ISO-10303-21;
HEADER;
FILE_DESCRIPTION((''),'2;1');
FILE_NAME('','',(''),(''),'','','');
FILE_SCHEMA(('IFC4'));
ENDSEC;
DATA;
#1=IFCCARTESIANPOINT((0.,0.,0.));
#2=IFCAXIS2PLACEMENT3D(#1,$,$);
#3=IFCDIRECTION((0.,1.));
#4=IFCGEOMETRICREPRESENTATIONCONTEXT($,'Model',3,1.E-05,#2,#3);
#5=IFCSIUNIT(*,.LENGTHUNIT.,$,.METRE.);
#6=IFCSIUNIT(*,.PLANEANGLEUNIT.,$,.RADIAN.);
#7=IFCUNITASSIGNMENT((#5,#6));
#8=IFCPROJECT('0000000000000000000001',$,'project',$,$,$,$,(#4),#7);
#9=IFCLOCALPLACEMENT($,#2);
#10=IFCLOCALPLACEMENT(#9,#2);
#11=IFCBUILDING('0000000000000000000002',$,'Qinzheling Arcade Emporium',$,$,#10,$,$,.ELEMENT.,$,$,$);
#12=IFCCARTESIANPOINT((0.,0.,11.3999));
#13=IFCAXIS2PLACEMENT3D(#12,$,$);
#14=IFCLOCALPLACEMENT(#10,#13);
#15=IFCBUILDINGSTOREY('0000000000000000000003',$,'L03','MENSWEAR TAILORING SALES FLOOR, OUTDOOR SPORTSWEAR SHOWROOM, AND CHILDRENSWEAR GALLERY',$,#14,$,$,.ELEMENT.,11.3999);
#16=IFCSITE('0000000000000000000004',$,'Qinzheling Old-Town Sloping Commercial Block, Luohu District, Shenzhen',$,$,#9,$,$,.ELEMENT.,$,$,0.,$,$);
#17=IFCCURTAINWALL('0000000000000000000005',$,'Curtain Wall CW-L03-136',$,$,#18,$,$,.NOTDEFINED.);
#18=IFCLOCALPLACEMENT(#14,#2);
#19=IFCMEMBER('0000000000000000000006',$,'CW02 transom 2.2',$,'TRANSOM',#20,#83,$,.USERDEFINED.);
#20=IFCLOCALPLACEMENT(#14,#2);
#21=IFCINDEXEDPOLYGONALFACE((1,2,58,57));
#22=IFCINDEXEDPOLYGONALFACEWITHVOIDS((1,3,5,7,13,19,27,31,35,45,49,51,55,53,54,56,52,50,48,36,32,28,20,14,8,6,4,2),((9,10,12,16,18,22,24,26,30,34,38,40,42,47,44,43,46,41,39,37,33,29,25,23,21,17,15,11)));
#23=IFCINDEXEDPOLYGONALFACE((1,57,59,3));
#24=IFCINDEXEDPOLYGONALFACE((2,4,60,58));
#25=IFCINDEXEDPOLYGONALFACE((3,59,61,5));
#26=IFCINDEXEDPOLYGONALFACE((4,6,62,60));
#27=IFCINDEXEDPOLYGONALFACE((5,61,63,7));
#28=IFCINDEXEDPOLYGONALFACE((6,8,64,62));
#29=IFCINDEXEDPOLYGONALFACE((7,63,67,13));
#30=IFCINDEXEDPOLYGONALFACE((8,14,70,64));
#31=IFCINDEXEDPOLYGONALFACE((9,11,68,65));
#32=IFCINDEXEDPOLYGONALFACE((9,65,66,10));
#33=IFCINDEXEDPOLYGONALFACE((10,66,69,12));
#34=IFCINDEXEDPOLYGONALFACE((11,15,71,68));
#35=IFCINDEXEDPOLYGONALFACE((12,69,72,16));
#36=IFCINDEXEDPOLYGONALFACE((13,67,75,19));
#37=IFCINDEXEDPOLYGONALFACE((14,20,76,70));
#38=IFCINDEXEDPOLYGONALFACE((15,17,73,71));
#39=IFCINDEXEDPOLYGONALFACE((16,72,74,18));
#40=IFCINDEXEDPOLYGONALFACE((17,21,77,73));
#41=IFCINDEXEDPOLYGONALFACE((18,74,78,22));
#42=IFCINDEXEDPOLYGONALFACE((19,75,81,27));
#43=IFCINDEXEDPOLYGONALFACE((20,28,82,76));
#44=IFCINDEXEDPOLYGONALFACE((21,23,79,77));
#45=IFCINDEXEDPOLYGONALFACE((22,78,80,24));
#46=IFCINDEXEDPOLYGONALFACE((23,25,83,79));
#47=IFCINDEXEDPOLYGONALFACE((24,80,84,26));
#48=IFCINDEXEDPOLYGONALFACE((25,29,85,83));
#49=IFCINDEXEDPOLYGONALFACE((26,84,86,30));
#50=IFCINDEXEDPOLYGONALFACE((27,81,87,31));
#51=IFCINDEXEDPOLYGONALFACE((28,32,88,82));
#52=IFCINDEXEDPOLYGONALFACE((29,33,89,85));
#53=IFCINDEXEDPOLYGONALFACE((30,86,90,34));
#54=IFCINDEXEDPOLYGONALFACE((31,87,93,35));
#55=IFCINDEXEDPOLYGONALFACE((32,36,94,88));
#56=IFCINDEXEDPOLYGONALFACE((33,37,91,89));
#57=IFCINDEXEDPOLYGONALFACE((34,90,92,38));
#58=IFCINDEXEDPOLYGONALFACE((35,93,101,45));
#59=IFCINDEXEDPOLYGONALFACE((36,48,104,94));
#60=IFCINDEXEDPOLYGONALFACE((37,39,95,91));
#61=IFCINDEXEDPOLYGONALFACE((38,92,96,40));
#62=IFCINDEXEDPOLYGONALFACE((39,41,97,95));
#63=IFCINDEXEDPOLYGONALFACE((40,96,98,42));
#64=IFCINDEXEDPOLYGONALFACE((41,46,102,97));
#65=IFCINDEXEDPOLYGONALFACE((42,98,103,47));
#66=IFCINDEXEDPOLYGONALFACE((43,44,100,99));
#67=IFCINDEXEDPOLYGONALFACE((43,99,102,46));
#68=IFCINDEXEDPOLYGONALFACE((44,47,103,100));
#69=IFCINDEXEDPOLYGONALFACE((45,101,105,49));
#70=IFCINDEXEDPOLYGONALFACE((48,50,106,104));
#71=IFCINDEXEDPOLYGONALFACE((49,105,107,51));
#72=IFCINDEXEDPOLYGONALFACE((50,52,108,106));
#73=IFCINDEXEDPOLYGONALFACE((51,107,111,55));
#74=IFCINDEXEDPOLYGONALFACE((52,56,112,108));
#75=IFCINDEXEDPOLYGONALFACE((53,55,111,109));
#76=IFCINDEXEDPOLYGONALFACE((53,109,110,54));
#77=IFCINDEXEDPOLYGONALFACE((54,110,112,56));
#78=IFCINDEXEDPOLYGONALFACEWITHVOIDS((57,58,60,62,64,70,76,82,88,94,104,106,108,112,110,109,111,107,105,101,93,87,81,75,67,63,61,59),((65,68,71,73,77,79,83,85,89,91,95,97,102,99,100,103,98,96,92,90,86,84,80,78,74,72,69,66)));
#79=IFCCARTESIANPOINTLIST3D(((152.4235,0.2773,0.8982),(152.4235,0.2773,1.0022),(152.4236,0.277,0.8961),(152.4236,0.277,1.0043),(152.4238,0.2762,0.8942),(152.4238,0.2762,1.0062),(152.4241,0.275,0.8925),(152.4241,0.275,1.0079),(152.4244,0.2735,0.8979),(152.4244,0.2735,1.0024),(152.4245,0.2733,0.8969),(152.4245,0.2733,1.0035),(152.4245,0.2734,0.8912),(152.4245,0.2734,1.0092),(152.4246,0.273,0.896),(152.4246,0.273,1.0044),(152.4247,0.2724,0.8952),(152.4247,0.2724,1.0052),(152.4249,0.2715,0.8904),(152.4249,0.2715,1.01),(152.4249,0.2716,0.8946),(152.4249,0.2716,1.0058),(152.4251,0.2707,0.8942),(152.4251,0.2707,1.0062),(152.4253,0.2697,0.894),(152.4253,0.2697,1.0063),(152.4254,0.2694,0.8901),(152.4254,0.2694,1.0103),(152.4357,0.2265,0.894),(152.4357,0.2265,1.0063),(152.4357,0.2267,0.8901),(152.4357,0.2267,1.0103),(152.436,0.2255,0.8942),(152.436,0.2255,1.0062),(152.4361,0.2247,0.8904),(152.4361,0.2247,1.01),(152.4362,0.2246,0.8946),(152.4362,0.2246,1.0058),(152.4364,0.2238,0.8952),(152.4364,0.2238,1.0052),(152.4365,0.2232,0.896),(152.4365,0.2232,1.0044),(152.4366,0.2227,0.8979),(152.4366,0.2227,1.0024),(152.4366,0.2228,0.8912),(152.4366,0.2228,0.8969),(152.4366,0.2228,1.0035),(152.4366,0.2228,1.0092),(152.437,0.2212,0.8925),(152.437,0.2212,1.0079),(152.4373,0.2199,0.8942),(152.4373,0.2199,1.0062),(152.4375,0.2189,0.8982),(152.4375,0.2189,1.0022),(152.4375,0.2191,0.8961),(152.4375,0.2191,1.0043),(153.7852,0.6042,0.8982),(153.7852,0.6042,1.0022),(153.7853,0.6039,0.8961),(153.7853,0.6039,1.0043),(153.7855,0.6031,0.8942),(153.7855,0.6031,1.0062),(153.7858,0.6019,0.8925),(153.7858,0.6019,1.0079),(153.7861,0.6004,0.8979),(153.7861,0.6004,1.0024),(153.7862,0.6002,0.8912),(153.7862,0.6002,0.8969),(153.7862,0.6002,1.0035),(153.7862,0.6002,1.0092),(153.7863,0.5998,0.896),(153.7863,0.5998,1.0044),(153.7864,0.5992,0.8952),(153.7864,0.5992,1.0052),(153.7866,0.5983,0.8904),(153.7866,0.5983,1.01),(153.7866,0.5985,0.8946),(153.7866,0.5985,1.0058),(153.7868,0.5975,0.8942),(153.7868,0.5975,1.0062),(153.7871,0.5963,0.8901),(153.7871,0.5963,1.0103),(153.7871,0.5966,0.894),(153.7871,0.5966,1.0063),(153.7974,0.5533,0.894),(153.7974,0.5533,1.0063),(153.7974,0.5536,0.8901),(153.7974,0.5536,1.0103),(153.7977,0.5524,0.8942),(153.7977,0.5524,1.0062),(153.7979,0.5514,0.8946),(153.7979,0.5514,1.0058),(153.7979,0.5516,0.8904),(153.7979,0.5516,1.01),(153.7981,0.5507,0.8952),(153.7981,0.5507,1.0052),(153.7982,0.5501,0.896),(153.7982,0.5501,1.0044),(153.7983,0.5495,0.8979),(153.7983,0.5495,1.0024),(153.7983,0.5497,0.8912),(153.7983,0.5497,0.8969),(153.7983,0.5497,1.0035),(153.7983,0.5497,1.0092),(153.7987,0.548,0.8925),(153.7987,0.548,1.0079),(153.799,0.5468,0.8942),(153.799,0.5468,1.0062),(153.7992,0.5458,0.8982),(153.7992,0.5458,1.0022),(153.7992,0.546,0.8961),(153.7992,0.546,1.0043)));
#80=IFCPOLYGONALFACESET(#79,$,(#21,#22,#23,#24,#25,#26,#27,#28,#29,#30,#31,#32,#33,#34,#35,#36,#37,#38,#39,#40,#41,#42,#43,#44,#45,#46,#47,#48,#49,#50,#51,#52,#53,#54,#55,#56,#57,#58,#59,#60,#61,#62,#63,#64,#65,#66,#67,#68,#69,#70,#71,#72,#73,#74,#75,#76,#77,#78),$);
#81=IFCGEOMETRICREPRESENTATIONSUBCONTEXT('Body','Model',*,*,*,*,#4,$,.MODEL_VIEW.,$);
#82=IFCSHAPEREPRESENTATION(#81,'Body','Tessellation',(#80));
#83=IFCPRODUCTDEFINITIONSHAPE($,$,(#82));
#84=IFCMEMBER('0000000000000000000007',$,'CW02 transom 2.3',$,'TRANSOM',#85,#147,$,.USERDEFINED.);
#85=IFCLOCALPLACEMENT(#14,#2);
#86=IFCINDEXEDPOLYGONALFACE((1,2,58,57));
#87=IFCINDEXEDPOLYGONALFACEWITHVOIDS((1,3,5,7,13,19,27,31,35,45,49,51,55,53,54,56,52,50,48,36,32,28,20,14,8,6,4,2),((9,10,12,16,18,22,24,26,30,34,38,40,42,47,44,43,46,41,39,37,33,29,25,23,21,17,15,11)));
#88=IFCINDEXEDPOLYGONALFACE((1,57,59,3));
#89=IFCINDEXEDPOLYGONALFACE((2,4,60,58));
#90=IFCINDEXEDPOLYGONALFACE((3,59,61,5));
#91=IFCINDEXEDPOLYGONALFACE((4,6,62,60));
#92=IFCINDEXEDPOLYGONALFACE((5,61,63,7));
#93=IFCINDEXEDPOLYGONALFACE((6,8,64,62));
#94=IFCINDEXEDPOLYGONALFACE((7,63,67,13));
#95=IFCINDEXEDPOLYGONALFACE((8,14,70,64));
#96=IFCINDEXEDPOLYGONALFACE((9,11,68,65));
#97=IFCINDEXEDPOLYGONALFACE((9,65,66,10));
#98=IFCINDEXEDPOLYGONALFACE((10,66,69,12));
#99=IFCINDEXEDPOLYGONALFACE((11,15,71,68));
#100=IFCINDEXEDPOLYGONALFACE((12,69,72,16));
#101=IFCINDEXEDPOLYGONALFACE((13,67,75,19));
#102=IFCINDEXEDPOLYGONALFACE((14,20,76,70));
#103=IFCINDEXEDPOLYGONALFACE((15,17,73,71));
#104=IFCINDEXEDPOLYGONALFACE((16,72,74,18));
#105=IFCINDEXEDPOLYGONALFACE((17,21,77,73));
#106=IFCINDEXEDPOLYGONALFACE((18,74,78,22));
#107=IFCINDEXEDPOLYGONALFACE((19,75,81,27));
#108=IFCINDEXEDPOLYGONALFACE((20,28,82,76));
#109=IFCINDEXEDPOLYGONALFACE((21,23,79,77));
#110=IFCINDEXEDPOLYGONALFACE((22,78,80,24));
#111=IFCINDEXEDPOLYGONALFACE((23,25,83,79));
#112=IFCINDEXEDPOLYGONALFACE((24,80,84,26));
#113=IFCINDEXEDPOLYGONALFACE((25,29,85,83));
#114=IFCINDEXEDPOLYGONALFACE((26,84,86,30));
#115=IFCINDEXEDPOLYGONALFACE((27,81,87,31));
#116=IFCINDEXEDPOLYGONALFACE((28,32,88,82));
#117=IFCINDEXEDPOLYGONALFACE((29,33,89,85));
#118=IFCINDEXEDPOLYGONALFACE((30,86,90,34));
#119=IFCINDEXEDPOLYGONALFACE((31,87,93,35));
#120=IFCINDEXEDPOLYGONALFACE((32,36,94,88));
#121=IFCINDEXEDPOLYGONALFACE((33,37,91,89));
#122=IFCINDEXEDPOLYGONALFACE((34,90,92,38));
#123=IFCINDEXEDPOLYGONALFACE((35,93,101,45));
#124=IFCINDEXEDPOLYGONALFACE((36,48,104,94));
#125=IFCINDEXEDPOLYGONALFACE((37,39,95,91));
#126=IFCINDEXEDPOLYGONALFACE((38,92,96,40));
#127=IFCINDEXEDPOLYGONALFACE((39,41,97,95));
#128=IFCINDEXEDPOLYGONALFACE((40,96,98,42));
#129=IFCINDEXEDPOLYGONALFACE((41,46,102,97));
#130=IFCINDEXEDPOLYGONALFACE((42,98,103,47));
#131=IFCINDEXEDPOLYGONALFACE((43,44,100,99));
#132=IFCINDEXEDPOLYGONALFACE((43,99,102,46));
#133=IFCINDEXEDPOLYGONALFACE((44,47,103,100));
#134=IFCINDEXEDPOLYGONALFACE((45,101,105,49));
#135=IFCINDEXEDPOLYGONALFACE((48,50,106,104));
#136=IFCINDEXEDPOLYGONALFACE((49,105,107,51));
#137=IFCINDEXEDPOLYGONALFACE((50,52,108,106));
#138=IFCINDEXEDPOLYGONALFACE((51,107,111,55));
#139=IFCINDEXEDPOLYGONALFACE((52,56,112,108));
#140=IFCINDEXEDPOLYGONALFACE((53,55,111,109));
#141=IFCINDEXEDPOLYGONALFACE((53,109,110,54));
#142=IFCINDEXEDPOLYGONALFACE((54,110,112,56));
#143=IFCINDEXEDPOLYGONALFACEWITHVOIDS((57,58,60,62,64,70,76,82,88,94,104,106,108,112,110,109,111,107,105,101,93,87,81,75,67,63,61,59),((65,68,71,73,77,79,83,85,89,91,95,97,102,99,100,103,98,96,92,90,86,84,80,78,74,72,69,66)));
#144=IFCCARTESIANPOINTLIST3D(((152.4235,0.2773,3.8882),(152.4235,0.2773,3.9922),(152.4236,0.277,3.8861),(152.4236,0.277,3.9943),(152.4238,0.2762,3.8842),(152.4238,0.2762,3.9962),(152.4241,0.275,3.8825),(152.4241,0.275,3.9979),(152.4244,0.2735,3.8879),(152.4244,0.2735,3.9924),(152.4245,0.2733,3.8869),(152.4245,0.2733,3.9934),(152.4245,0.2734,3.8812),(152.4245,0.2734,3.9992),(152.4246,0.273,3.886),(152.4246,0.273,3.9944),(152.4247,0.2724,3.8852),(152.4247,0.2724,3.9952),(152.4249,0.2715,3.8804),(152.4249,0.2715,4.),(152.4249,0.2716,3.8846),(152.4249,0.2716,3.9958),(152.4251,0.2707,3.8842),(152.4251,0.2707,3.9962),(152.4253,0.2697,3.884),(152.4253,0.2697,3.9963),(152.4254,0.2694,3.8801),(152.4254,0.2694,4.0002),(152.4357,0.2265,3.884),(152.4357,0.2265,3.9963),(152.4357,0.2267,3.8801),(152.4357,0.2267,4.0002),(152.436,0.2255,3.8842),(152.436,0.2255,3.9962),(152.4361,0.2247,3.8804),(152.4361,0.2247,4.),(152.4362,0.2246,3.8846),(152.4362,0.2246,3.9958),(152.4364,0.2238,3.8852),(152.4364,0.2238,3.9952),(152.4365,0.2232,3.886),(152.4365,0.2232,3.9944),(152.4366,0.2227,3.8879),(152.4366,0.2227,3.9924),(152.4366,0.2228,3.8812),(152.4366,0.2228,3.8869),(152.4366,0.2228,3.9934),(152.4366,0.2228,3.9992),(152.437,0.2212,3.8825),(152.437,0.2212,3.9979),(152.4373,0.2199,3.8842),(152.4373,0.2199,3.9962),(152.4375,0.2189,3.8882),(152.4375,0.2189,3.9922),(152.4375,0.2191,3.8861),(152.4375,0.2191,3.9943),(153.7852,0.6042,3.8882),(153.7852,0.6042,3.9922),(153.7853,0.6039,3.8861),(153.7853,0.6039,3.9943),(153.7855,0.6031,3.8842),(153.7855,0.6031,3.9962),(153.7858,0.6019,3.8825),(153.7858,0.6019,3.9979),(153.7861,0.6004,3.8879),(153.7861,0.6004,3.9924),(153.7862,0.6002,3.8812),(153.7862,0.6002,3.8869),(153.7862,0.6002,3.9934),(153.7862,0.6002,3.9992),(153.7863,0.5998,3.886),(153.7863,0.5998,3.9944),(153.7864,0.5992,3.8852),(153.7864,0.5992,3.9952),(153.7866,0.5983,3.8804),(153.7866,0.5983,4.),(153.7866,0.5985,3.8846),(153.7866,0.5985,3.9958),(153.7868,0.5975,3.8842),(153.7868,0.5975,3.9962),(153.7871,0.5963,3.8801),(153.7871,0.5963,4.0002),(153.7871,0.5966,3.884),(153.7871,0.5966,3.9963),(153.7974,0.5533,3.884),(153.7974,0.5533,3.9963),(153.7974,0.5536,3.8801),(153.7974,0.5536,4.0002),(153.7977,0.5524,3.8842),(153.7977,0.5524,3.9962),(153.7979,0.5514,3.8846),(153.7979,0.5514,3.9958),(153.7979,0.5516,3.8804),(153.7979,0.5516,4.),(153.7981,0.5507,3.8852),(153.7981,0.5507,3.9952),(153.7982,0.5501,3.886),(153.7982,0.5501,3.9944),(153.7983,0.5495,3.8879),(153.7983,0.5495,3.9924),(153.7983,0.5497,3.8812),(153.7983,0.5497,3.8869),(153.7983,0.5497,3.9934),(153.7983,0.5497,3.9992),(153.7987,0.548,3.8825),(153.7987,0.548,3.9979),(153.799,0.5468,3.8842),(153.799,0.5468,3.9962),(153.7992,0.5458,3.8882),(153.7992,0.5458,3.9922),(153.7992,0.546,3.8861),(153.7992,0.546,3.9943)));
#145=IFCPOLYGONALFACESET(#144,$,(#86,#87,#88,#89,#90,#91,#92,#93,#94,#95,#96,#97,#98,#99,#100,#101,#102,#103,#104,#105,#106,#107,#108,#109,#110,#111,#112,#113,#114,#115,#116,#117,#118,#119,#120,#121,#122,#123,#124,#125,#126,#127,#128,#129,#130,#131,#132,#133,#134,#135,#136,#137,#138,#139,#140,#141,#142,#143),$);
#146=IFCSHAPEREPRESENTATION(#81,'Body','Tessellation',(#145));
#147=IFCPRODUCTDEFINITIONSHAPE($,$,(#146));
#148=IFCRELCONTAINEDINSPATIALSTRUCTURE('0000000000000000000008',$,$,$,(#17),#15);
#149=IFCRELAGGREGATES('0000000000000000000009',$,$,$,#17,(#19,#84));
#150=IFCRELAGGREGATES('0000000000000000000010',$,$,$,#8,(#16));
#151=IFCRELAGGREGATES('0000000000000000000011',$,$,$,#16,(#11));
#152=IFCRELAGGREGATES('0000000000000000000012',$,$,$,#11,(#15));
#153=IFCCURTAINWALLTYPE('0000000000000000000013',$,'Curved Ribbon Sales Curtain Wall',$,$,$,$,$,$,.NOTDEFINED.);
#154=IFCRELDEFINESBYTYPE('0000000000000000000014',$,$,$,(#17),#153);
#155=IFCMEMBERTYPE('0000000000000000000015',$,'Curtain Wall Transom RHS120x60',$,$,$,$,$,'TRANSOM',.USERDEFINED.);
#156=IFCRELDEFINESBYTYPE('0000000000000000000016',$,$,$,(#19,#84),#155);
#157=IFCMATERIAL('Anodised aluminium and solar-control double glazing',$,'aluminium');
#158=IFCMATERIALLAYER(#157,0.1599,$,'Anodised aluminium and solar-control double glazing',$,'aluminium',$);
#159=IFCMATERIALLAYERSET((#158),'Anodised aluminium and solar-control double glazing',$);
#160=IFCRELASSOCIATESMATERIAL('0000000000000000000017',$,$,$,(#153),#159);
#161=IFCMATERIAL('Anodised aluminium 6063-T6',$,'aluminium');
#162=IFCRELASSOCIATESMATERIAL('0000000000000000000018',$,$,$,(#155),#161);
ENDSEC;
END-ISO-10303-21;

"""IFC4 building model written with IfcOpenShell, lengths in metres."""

from ifc_helpers import new_model, si_unit, direction, frame, origin, origin_2d, place, context, subcontext, project, spatial, hollow_rectangle, extrude, material, layer, layer_set, material_profile, profile_set, type_object, element, aggregate, save


model = new_model("IFC4")

# Units and contexts
model_context = context("Model", 3, precision=1e-05, world=origin(), true_north=direction((0.0, 1.0)))
body_context = subcontext(model_context, "Body", "Model", "MODEL_VIEW")
ifc_project = project(units=[si_unit("LENGTHUNIT", "METRE"), si_unit("PLANEANGLEUNIT", "RADIAN")], contexts=[model_context])

# Site, building, storey
site_placement = place(None, origin())
site = spatial("IfcSite", under=ifc_project, at=site_placement, Name="Qinzheling Old-Town Sloping Commercial Block, Luohu District, Shenzhen", CompositionType="ELEMENT", RefElevation=0.0)
building_placement = place(site_placement, origin())
building = spatial("IfcBuilding", under=site, at=building_placement, Name="Qinzheling Arcade Emporium", CompositionType="ELEMENT")
storey_placement = place(building_placement, frame((0.0, 0.0, 11.3999)))
storey = spatial("IfcBuildingStorey", under=building, at=storey_placement, Name="L03", Description="MENSWEAR TAILORING SALES FLOOR, OUTDOOR SPORTSWEAR SHOWROOM, AND CHILDRENSWEAR GALLERY", CompositionType="ELEMENT", Elevation=11.3999)

# Shared definitions
ifc_material_1 = material(Name="Anodised aluminium and solar-control double glazing", Category="aluminium")
ifc_layer_1 = layer(ifc_material_1, 0.1599, Name="Anodised aluminium and solar-control double glazing", Category="aluminium")
ifc_layer_set_1 = layer_set([ifc_layer_1], Name="Anodised aluminium and solar-control double glazing")
curtain_wall_type_1 = type_object("IfcCurtainWallType", Name="Curved Ribbon Sales Curtain Wall", PredefinedType="NOTDEFINED", material=ifc_layer_set_1)
ifc_material_2 = material(Name="Anodised aluminium 6063-T6", Category="aluminium")

# Curtain wall
curtain_wall_1_placement = place(storey_placement, origin())
curtain_wall_1 = element("IfcCurtainWall", 1, at=curtain_wall_1_placement, inside=storey, type_object=curtain_wall_type_1, Name="Curtain Wall CW-L03-136", PredefinedType="NOTDEFINED")

# Members
ifc_material_profile_1 = material_profile(ifc_material_2, hollow_rectangle(XDim=0.0601, YDim=0.1201, WallThickness=0.0039, InnerFilletRadius=0.0039, OuterFilletRadius=0.0081, at=origin_2d()), Name="RHS 120x60x4", Category="aluminium")
ifc_profile_set_1 = profile_set([ifc_material_profile_1], Name="Anodised aluminium 6063-T6")
member_type_1 = type_object("IfcMemberType", Name="Curtain Wall Transom RHS120x60", ElementType="TRANSOM", PredefinedType="USERDEFINED", material=ifc_profile_set_1)
member_1_placement = place(storey_placement, frame((153.7922, 0.575, 0.9502), z_axis=(-0.972376, -0.233419, 0.0), x_axis=(0.233419, -0.972376, 0.0)))
member_1 = element("IfcMember", 2, at=member_1_placement, type_object=member_type_1, Name="CW02 transom 2.2", ObjectType="TRANSOM", PredefinedType="USERDEFINED", context=body_context, shape_type="SweptSolid", body=[
    extrude(hollow_rectangle(XDim=0.0601, YDim=0.1201, WallThickness=0.0039, InnerFilletRadius=0.0039, OuterFilletRadius=0.0081, at=origin_2d()), origin(), (0.0, 0.0, 1.0), 1.4004),
])
member_2_placement = place(storey_placement, frame((153.7922, 0.575, 3.9402), z_axis=(-0.972376, -0.233419, 0.0), x_axis=(0.233419, -0.972376, 0.0)))
member_2 = element("IfcMember", 3, at=member_2_placement, type_object=member_type_1, Name="CW02 transom 2.3", ObjectType="TRANSOM", PredefinedType="USERDEFINED", context=body_context, shape_type="SweptSolid", body=[
    extrude(hollow_rectangle(XDim=0.0601, YDim=0.1201, WallThickness=0.0039, InnerFilletRadius=0.0039, OuterFilletRadius=0.0081, at=origin_2d()), origin(), (0.0, 0.0, 1.0), 1.4004),
])

aggregate(curtain_wall_1, [member_1, member_2])

save(model, "model.ifc")
